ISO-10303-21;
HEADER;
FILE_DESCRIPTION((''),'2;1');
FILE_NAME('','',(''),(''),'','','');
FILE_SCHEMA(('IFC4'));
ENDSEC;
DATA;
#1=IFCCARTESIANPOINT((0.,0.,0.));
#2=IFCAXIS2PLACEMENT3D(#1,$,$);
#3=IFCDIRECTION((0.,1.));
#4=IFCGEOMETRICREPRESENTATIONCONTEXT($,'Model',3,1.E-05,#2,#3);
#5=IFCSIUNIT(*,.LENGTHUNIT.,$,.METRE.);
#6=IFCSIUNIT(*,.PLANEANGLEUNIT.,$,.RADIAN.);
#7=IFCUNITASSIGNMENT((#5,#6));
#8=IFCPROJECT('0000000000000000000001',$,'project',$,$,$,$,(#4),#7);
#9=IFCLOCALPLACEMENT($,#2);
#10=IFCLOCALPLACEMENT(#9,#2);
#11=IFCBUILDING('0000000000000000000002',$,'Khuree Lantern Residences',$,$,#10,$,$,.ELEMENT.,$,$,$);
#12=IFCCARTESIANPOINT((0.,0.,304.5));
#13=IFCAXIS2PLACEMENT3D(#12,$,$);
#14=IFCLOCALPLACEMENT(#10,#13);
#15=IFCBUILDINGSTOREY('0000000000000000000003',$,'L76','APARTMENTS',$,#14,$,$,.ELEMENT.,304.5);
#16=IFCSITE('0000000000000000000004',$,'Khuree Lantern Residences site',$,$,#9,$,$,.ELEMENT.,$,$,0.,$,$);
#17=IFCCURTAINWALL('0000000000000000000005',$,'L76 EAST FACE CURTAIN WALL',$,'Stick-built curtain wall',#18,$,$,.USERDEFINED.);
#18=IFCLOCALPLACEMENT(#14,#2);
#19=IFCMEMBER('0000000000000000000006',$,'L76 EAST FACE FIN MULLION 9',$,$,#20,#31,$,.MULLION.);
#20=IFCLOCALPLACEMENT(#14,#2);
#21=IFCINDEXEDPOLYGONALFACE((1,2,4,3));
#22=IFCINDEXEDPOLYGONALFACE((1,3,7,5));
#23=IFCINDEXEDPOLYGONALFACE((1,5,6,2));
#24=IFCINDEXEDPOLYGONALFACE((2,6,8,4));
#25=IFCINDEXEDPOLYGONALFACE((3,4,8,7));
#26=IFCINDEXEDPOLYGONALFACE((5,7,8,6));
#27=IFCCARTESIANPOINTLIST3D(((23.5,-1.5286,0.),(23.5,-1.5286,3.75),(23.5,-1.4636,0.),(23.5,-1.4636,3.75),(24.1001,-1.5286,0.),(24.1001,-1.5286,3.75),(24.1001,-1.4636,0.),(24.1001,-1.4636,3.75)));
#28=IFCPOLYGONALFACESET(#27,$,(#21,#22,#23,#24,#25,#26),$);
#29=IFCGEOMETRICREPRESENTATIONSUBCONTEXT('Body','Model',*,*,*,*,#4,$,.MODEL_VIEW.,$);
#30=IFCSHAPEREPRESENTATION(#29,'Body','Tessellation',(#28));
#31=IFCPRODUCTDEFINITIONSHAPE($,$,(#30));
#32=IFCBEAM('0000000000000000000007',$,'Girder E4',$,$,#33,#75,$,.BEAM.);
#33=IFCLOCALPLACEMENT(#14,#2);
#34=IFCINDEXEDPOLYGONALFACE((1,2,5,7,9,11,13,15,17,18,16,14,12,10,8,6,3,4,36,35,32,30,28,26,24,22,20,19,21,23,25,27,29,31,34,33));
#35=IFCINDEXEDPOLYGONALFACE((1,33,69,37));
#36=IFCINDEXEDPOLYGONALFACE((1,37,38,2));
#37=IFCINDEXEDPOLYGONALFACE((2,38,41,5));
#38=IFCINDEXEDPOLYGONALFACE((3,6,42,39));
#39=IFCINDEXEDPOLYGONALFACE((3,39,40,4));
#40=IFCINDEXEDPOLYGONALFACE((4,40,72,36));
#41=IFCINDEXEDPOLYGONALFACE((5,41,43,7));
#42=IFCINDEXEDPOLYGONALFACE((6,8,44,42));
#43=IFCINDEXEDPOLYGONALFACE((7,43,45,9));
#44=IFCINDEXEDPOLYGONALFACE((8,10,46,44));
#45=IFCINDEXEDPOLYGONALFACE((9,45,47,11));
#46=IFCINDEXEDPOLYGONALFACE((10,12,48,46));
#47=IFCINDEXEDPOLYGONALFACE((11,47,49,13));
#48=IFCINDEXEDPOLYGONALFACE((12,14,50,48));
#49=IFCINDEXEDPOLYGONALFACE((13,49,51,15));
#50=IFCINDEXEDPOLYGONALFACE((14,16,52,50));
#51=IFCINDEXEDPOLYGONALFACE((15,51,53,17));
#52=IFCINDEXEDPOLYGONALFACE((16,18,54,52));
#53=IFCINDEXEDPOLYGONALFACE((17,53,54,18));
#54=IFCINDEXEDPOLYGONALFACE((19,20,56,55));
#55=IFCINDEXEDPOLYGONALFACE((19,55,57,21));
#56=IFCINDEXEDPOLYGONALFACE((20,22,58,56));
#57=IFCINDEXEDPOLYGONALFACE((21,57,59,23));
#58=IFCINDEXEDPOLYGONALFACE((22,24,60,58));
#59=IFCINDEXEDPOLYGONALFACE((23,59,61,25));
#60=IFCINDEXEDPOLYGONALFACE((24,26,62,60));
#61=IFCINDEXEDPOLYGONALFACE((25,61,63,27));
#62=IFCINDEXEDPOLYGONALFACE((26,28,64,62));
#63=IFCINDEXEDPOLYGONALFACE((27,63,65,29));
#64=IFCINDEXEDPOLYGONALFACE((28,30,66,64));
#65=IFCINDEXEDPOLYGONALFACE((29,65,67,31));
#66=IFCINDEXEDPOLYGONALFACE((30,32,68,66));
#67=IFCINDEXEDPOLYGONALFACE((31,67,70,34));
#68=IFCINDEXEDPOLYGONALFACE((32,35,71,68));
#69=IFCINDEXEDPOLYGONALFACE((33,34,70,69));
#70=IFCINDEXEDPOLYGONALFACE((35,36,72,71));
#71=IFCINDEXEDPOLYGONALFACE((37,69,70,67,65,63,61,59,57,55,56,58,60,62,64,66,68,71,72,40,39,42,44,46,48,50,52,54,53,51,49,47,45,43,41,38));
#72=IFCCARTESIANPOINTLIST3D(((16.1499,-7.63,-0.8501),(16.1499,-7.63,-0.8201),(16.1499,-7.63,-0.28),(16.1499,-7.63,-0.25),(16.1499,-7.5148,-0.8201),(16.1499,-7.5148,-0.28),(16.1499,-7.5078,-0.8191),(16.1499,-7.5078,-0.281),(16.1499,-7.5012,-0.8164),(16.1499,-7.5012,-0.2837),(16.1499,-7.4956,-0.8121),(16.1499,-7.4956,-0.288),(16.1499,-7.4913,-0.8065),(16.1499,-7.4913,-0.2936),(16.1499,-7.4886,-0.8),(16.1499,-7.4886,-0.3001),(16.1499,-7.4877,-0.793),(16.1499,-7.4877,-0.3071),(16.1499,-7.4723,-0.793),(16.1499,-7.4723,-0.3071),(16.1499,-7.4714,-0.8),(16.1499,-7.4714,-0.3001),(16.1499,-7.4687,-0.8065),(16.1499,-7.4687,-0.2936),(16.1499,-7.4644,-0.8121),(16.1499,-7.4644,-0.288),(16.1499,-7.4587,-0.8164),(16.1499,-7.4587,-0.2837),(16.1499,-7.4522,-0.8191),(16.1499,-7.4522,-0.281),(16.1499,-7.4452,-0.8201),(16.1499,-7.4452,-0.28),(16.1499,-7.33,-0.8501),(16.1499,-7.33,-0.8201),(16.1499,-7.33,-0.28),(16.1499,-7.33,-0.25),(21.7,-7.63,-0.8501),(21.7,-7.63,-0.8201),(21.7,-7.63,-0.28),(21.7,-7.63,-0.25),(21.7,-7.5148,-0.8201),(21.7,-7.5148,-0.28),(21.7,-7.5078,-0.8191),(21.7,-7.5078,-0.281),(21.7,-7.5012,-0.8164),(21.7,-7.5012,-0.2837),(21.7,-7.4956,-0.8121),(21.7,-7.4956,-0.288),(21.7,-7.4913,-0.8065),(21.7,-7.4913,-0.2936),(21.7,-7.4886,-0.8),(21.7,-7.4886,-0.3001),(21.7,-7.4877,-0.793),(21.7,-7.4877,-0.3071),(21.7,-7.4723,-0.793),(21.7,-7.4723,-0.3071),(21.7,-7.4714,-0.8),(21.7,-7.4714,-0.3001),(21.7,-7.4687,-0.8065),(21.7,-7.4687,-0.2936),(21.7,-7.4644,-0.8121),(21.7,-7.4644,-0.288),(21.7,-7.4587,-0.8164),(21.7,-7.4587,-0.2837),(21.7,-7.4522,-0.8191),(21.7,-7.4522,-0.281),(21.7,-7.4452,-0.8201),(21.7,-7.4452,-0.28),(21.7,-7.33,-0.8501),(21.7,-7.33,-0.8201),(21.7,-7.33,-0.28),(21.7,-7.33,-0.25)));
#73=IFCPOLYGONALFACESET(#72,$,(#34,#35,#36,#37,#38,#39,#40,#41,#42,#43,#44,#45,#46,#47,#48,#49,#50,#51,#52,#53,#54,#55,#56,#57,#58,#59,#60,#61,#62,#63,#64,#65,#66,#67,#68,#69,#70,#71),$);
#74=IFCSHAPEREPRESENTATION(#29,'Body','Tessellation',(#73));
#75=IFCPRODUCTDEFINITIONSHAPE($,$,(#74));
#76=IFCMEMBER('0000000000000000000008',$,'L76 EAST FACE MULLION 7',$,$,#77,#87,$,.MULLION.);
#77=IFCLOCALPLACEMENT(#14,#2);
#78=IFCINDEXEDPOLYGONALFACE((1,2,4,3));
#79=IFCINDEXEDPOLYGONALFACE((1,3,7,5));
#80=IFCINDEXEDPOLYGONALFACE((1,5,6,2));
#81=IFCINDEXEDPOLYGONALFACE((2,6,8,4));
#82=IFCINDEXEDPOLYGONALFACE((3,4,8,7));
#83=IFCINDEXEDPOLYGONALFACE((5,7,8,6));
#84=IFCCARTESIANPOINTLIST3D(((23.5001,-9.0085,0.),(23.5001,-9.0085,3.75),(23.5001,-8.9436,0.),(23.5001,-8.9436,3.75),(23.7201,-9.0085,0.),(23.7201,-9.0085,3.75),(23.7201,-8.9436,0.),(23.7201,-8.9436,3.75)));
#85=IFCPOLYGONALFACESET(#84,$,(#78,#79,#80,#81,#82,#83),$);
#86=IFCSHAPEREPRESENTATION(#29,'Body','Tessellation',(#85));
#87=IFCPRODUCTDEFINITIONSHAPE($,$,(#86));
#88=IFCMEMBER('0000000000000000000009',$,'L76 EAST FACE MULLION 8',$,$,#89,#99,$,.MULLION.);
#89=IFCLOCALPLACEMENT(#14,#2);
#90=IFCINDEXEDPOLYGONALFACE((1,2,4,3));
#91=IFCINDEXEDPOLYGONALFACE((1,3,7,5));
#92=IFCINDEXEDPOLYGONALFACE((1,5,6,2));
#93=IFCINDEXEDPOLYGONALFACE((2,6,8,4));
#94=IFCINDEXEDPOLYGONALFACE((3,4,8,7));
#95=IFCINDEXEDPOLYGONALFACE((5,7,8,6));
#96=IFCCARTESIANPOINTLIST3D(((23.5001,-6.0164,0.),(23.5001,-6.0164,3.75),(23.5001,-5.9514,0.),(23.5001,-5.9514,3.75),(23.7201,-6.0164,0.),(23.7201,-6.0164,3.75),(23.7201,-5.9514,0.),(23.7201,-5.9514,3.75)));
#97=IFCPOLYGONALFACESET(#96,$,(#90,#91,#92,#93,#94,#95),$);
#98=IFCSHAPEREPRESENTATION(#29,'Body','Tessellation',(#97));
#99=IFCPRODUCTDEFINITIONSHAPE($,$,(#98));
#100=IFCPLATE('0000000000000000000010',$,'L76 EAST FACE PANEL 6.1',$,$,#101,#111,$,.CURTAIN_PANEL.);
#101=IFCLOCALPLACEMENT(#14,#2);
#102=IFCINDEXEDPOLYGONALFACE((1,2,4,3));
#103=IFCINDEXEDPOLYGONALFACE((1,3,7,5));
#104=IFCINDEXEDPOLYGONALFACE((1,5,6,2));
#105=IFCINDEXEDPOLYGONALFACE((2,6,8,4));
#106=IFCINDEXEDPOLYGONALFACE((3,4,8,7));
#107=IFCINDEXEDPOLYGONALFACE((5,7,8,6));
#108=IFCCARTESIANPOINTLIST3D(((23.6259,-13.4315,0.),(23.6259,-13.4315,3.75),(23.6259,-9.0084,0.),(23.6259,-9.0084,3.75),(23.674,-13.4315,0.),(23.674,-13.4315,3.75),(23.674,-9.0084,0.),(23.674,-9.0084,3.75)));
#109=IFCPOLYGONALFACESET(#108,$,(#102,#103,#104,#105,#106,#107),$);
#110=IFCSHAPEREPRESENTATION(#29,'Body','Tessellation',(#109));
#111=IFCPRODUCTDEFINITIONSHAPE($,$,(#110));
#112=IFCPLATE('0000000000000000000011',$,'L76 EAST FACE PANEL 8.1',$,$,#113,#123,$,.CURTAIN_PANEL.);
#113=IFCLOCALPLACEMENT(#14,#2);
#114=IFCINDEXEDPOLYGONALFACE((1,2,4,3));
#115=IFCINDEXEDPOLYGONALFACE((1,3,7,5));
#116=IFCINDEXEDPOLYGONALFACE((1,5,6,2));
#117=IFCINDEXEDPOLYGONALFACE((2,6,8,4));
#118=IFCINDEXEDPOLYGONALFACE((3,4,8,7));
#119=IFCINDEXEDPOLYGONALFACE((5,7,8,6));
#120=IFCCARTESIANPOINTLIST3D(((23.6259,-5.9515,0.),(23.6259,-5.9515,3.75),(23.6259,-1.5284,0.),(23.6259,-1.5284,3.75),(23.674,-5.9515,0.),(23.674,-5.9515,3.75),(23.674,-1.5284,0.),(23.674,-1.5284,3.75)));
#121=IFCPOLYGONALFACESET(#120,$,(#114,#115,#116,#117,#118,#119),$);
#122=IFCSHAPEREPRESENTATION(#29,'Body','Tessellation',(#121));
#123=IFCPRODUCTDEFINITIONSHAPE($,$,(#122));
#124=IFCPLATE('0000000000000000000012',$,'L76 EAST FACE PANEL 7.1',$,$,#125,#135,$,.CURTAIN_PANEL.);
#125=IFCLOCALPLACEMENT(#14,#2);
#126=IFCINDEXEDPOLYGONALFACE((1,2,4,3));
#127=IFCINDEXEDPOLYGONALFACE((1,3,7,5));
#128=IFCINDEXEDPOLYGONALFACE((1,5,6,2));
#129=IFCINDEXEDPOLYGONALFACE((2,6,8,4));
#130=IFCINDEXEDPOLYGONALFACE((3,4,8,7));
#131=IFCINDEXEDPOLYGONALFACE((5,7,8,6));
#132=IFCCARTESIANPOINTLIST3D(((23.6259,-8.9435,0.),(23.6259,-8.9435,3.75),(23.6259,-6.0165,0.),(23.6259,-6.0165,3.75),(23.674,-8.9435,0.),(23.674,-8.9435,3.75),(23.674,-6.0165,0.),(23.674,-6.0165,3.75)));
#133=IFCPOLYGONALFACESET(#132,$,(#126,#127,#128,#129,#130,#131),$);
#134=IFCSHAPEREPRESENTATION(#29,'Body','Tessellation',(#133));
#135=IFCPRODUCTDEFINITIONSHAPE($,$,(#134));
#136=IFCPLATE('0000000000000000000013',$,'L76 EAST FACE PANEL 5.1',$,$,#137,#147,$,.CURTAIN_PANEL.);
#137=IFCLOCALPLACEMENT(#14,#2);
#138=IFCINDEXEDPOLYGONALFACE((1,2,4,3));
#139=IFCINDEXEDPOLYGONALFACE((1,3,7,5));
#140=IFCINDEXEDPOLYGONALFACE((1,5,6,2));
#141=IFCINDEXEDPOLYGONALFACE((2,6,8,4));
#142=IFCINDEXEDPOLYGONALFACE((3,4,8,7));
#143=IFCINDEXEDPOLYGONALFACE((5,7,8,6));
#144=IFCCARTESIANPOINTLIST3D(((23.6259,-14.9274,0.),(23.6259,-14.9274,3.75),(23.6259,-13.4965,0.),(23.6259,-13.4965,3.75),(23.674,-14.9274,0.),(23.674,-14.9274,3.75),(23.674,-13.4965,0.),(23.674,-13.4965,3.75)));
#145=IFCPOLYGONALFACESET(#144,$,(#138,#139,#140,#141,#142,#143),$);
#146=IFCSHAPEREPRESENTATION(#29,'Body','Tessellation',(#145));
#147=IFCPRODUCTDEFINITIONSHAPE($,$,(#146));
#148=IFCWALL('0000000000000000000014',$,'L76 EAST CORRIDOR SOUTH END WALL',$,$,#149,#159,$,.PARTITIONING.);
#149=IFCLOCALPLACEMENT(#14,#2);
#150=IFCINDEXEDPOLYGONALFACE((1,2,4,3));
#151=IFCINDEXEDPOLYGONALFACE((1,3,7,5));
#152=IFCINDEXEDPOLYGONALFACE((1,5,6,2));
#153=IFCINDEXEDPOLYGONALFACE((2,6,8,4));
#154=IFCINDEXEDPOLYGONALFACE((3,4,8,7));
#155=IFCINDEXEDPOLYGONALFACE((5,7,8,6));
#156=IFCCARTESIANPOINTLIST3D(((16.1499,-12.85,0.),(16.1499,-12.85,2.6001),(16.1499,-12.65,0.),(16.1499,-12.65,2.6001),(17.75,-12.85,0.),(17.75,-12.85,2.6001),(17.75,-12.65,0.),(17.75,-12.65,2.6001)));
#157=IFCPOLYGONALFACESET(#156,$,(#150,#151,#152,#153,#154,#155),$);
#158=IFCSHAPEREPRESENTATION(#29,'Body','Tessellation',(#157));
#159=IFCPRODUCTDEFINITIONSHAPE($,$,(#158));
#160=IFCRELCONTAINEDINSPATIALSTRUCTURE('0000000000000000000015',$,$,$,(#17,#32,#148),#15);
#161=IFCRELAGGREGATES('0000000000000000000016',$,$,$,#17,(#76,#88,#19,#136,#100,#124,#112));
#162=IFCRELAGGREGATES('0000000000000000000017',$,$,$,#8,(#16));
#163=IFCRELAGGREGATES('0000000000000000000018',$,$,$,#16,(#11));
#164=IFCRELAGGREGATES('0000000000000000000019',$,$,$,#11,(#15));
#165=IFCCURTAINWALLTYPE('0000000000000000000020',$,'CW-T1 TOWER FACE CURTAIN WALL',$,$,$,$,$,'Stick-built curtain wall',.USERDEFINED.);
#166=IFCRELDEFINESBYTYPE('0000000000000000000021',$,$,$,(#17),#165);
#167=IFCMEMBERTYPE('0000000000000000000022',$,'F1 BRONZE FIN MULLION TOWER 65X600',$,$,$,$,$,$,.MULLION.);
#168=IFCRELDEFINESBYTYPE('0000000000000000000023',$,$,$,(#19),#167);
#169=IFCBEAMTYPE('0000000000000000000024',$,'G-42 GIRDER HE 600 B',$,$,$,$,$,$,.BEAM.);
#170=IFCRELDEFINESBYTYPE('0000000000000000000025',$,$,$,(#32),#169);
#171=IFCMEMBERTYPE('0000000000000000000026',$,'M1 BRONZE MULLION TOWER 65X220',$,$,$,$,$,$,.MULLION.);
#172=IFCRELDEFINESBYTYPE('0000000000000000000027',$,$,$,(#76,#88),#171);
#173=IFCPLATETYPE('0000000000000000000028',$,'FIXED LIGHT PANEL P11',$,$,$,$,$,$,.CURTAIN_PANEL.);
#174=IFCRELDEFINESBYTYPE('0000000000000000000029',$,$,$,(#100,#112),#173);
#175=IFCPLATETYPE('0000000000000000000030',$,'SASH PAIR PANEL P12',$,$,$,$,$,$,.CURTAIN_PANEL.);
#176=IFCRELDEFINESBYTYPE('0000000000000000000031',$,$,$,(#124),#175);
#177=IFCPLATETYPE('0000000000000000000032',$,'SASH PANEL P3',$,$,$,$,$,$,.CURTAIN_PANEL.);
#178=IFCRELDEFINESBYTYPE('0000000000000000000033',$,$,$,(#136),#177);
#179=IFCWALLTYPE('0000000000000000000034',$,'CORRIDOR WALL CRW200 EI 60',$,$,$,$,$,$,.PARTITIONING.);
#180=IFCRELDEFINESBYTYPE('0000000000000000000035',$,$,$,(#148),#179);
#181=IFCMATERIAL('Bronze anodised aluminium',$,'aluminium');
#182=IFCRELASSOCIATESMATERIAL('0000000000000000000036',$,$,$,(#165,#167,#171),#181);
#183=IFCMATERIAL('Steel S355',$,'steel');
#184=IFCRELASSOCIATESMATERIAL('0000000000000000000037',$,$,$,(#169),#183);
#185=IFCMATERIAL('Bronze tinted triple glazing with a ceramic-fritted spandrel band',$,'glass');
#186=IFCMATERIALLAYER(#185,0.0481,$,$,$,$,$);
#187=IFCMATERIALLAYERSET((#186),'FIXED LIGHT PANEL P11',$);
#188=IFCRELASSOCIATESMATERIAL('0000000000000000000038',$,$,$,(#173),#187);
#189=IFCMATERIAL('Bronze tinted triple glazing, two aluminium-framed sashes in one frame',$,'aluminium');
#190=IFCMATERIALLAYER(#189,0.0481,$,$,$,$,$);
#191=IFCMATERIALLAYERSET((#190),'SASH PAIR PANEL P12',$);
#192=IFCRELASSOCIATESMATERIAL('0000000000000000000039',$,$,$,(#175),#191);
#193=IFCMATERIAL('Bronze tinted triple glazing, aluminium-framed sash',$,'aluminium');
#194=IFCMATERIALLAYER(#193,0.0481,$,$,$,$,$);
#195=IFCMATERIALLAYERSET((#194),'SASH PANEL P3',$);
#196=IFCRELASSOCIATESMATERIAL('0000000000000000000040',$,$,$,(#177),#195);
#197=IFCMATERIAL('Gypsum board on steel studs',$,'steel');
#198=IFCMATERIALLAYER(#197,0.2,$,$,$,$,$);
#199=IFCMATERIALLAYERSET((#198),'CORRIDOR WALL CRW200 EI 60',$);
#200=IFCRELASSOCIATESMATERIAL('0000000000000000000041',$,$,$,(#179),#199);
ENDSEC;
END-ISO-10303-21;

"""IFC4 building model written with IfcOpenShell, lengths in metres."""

from ifc_helpers import new_model, si_unit, direction, frame, frame_2d, origin, origin_2d, place, context, subcontext, project, spatial, rectangle, i_section, extrude, material, layer, layer_set, material_profile, profile_set, type_object, element, aggregate, save


model = new_model("IFC4")

# Units and contexts
model_context = context("Model", 3, precision=1e-05, world=origin(), true_north=direction((0.0, 1.0)))
body_context = subcontext(model_context, "Body", "Model", "MODEL_VIEW")
ifc_project = project(units=[si_unit("LENGTHUNIT", "METRE"), si_unit("PLANEANGLEUNIT", "RADIAN")], contexts=[model_context])

# Site, building, storey
site_placement = place(None, origin())
site = spatial("IfcSite", under=ifc_project, at=site_placement, Name="Khuree Lantern Residences site", CompositionType="ELEMENT", RefElevation=0.0)
building_placement = place(site_placement, origin())
building = spatial("IfcBuilding", under=site, at=building_placement, Name="Khuree Lantern Residences", CompositionType="ELEMENT")
storey_placement = place(building_placement, frame((0.0, 0.0, 304.5)))
storey = spatial("IfcBuildingStorey", under=building, at=storey_placement, Name="L76", Description="APARTMENTS", CompositionType="ELEMENT", Elevation=304.5)

# Shared definitions
ifc_material_1 = material(Name="Steel S355", Category="steel")

# Curtain wall, member
ifc_material_2 = material(Name="Bronze anodised aluminium", Category="aluminium")
curtain_wall_type = type_object("IfcCurtainWallType", Name="CW-T1 TOWER FACE CURTAIN WALL", ElementType="Stick-built curtain wall", PredefinedType="USERDEFINED", material=ifc_material_2)
curtain_wall_placement = place(storey_placement, origin())
curtain_wall = element("IfcCurtainWall", 1, at=curtain_wall_placement, inside=storey, type_object=curtain_wall_type, Name="L76 EAST FACE CURTAIN WALL", ObjectType="Stick-built curtain wall", PredefinedType="USERDEFINED")
ifc_material_profile_1 = material_profile(ifc_material_2, rectangle(XDim=0.0649, YDim=0.6001, at=origin_2d()), Name="F1 65X600")
ifc_profile_set_1 = profile_set([ifc_material_profile_1], Name="Bronze anodised aluminium")
member_type_1 = type_object("IfcMemberType", Name="F1 BRONZE FIN MULLION TOWER 65X600", PredefinedType="MULLION", material=ifc_profile_set_1)
member_1_placement = place(storey_placement, frame((23.8, -1.4961, 0.0), z_axis=(0.0, 0.0, 1.0), x_axis=(0.0, 1.0, 0.0)))
member_1 = element("IfcMember", 2, at=member_1_placement, type_object=member_type_1, Name="L76 EAST FACE FIN MULLION 9", PredefinedType="MULLION", context=body_context, shape_type="SweptSolid", body=[
    extrude(rectangle(XDim=0.0649, YDim=0.6001, at=origin_2d()), origin(), (0.0, 0.0, 1.0), 3.75),
])

# Beam
ifc_material_profile_2 = material_profile(ifc_material_1, i_section(OverallWidth=0.3, OverallDepth=0.6001, WebThickness=0.0154, FlangeThickness=0.03, FilletRadius=0.0271, at=origin_2d()), Name="HE 600 B")
ifc_profile_set_2 = profile_set([ifc_material_profile_2], Name="Steel S355")
beam_type_1 = type_object("IfcBeamType", Name="G-42 GIRDER HE 600 B", PredefinedType="BEAM", material=ifc_profile_set_2)
beam_1_placement = place(storey_placement, frame((21.7, -7.48, -0.55), z_axis=(-1.0, 0.0, 0.0), x_axis=(0.0, -1.0, 0.0)))
element("IfcBeam", 3, at=beam_1_placement, inside=storey, type_object=beam_type_1, Name="Girder E4", PredefinedType="BEAM", context=body_context, shape_type="SweptSolid", body=[
    extrude(i_section(OverallWidth=0.3, OverallDepth=0.6001, WebThickness=0.0154, FlangeThickness=0.03, FilletRadius=0.0271, at=origin_2d()), origin(), (0.0, 0.0, 1.0), 5.55),
])

# Members
ifc_material_profile_3 = material_profile(ifc_material_2, rectangle(XDim=0.0649, YDim=0.22, at=origin_2d()), Name="M1 65X220")
ifc_profile_set_3 = profile_set([ifc_material_profile_3], Name="Bronze anodised aluminium")
member_type_2 = type_object("IfcMemberType", Name="M1 BRONZE MULLION TOWER 65X220", PredefinedType="MULLION", material=ifc_profile_set_3)
member_2_placement = place(storey_placement, frame((23.6101, -8.9761, 0.0), z_axis=(0.0, 0.0, 1.0), x_axis=(0.0, 1.0, 0.0)))
member_2 = element("IfcMember", 4, at=member_2_placement, type_object=member_type_2, Name="L76 EAST FACE MULLION 7", PredefinedType="MULLION", context=body_context, shape_type="SweptSolid", body=[
    extrude(rectangle(XDim=0.0649, YDim=0.22, at=origin_2d()), origin(), (0.0, 0.0, 1.0), 3.75),
])
member_3_placement = place(storey_placement, frame((23.6101, -5.9839, 0.0), z_axis=(0.0, 0.0, 1.0), x_axis=(0.0, 1.0, 0.0)))
member_3 = element("IfcMember", 5, at=member_3_placement, type_object=member_type_2, Name="L76 EAST FACE MULLION 8", PredefinedType="MULLION", context=body_context, shape_type="SweptSolid", body=[
    extrude(rectangle(XDim=0.0649, YDim=0.22, at=origin_2d()), origin(), (0.0, 0.0, 1.0), 3.75),
])

# Plates
ifc_material_3 = material(Name="Bronze tinted triple glazing with a ceramic-fritted spandrel band", Category="glass")
ifc_layer_1 = layer(ifc_material_3, 0.0481)
ifc_layer_set_1 = layer_set([ifc_layer_1], Name="FIXED LIGHT PANEL P11")
plate_type_1 = type_object("IfcPlateType", Name="FIXED LIGHT PANEL P11", PredefinedType="CURTAIN_PANEL", material=ifc_layer_set_1)
plate_1_placement = place(storey_placement, frame((23.6499, -11.22, 0.0), z_axis=(0.0, 0.0, 1.0), x_axis=(0.0, 1.0, 0.0)))
plate_1 = element("IfcPlate", 6, at=plate_1_placement, type_object=plate_type_1, Name="L76 EAST FACE PANEL 6.1", PredefinedType="CURTAIN_PANEL", context=body_context, shape_type="SweptSolid", body=[
    extrude(rectangle(XDim=4.4231, YDim=0.0481, at=origin_2d()), origin(), (0.0, 0.0, 1.0), 3.75),
])
plate_2_placement = place(storey_placement, frame((23.6499, -3.74, 0.0), z_axis=(0.0, 0.0, 1.0), x_axis=(0.0, 1.0, 0.0)))
plate_2 = element("IfcPlate", 7, at=plate_2_placement, type_object=plate_type_1, Name="L76 EAST FACE PANEL 8.1", PredefinedType="CURTAIN_PANEL", context=body_context, shape_type="SweptSolid", body=[
    extrude(rectangle(XDim=4.4231, YDim=0.0481, at=origin_2d()), origin(), (0.0, 0.0, 1.0), 3.75),
])
ifc_material_4 = material(Name="Bronze tinted triple glazing, two aluminium-framed sashes in one frame", Category="aluminium")
ifc_layer_2 = layer(ifc_material_4, 0.0481)
ifc_layer_set_2 = layer_set([ifc_layer_2], Name="SASH PAIR PANEL P12")
plate_type_2 = type_object("IfcPlateType", Name="SASH PAIR PANEL P12", PredefinedType="CURTAIN_PANEL", material=ifc_layer_set_2)
plate_3_placement = place(storey_placement, frame((23.6499, -7.48, 0.0), z_axis=(0.0, 0.0, 1.0), x_axis=(0.0, 1.0, 0.0)))
plate_3 = element("IfcPlate", 8, at=plate_3_placement, type_object=plate_type_2, Name="L76 EAST FACE PANEL 7.1", PredefinedType="CURTAIN_PANEL", context=body_context, shape_type="SweptSolid", body=[
    extrude(rectangle(XDim=2.927, YDim=0.0481, at=origin_2d()), origin(), (0.0, 0.0, 1.0), 3.75),
])
ifc_material_5 = material(Name="Bronze tinted triple glazing, aluminium-framed sash", Category="aluminium")
ifc_layer_3 = layer(ifc_material_5, 0.0481)
ifc_layer_set_3 = layer_set([ifc_layer_3], Name="SASH PANEL P3")
plate_type_3 = type_object("IfcPlateType", Name="SASH PANEL P3", PredefinedType="CURTAIN_PANEL", material=ifc_layer_set_3)
plate_4_placement = place(storey_placement, frame((23.6499, -14.2119, 0.0), z_axis=(0.0, 0.0, 1.0), x_axis=(0.0, 1.0, 0.0)))
plate_4 = element("IfcPlate", 9, at=plate_4_placement, type_object=plate_type_3, Name="L76 EAST FACE PANEL 5.1", PredefinedType="CURTAIN_PANEL", context=body_context, shape_type="SweptSolid", body=[
    extrude(rectangle(XDim=1.4309, YDim=0.0481, at=origin_2d()), origin(), (0.0, 0.0, 1.0), 3.75),
])
aggregate(curtain_wall, [member_2, member_3, member_1, plate_4, plate_1, plate_3, plate_2])

# Wall
ifc_material_6 = material(Name="Gypsum board on steel studs", Category="steel")
ifc_layer_4 = layer(ifc_material_6, 0.2)
ifc_layer_set_4 = layer_set([ifc_layer_4], Name="CORRIDOR WALL CRW200 EI 60")
wall_type_1 = type_object("IfcWallType", Name="CORRIDOR WALL CRW200 EI 60", PredefinedType="PARTITIONING", material=ifc_layer_set_4)
wall_1_placement = place(storey_placement, frame((16.1499, -12.75, 0.0), z_axis=(0.0, 0.0, 1.0), x_axis=(1.0, 0.0, 0.0)))
element("IfcWall", 10, at=wall_1_placement, inside=storey, type_object=wall_type_1, Name="L76 EAST CORRIDOR SOUTH END WALL", PredefinedType="PARTITIONING", context=body_context, shape_type="SweptSolid", body=[
    extrude(rectangle(XDim=1.6001, YDim=0.2, at=frame_2d((0.8, 0.0))), origin(), (0.0, 0.0, 1.0), 2.6001),
])

save(model, "model.ifc")
